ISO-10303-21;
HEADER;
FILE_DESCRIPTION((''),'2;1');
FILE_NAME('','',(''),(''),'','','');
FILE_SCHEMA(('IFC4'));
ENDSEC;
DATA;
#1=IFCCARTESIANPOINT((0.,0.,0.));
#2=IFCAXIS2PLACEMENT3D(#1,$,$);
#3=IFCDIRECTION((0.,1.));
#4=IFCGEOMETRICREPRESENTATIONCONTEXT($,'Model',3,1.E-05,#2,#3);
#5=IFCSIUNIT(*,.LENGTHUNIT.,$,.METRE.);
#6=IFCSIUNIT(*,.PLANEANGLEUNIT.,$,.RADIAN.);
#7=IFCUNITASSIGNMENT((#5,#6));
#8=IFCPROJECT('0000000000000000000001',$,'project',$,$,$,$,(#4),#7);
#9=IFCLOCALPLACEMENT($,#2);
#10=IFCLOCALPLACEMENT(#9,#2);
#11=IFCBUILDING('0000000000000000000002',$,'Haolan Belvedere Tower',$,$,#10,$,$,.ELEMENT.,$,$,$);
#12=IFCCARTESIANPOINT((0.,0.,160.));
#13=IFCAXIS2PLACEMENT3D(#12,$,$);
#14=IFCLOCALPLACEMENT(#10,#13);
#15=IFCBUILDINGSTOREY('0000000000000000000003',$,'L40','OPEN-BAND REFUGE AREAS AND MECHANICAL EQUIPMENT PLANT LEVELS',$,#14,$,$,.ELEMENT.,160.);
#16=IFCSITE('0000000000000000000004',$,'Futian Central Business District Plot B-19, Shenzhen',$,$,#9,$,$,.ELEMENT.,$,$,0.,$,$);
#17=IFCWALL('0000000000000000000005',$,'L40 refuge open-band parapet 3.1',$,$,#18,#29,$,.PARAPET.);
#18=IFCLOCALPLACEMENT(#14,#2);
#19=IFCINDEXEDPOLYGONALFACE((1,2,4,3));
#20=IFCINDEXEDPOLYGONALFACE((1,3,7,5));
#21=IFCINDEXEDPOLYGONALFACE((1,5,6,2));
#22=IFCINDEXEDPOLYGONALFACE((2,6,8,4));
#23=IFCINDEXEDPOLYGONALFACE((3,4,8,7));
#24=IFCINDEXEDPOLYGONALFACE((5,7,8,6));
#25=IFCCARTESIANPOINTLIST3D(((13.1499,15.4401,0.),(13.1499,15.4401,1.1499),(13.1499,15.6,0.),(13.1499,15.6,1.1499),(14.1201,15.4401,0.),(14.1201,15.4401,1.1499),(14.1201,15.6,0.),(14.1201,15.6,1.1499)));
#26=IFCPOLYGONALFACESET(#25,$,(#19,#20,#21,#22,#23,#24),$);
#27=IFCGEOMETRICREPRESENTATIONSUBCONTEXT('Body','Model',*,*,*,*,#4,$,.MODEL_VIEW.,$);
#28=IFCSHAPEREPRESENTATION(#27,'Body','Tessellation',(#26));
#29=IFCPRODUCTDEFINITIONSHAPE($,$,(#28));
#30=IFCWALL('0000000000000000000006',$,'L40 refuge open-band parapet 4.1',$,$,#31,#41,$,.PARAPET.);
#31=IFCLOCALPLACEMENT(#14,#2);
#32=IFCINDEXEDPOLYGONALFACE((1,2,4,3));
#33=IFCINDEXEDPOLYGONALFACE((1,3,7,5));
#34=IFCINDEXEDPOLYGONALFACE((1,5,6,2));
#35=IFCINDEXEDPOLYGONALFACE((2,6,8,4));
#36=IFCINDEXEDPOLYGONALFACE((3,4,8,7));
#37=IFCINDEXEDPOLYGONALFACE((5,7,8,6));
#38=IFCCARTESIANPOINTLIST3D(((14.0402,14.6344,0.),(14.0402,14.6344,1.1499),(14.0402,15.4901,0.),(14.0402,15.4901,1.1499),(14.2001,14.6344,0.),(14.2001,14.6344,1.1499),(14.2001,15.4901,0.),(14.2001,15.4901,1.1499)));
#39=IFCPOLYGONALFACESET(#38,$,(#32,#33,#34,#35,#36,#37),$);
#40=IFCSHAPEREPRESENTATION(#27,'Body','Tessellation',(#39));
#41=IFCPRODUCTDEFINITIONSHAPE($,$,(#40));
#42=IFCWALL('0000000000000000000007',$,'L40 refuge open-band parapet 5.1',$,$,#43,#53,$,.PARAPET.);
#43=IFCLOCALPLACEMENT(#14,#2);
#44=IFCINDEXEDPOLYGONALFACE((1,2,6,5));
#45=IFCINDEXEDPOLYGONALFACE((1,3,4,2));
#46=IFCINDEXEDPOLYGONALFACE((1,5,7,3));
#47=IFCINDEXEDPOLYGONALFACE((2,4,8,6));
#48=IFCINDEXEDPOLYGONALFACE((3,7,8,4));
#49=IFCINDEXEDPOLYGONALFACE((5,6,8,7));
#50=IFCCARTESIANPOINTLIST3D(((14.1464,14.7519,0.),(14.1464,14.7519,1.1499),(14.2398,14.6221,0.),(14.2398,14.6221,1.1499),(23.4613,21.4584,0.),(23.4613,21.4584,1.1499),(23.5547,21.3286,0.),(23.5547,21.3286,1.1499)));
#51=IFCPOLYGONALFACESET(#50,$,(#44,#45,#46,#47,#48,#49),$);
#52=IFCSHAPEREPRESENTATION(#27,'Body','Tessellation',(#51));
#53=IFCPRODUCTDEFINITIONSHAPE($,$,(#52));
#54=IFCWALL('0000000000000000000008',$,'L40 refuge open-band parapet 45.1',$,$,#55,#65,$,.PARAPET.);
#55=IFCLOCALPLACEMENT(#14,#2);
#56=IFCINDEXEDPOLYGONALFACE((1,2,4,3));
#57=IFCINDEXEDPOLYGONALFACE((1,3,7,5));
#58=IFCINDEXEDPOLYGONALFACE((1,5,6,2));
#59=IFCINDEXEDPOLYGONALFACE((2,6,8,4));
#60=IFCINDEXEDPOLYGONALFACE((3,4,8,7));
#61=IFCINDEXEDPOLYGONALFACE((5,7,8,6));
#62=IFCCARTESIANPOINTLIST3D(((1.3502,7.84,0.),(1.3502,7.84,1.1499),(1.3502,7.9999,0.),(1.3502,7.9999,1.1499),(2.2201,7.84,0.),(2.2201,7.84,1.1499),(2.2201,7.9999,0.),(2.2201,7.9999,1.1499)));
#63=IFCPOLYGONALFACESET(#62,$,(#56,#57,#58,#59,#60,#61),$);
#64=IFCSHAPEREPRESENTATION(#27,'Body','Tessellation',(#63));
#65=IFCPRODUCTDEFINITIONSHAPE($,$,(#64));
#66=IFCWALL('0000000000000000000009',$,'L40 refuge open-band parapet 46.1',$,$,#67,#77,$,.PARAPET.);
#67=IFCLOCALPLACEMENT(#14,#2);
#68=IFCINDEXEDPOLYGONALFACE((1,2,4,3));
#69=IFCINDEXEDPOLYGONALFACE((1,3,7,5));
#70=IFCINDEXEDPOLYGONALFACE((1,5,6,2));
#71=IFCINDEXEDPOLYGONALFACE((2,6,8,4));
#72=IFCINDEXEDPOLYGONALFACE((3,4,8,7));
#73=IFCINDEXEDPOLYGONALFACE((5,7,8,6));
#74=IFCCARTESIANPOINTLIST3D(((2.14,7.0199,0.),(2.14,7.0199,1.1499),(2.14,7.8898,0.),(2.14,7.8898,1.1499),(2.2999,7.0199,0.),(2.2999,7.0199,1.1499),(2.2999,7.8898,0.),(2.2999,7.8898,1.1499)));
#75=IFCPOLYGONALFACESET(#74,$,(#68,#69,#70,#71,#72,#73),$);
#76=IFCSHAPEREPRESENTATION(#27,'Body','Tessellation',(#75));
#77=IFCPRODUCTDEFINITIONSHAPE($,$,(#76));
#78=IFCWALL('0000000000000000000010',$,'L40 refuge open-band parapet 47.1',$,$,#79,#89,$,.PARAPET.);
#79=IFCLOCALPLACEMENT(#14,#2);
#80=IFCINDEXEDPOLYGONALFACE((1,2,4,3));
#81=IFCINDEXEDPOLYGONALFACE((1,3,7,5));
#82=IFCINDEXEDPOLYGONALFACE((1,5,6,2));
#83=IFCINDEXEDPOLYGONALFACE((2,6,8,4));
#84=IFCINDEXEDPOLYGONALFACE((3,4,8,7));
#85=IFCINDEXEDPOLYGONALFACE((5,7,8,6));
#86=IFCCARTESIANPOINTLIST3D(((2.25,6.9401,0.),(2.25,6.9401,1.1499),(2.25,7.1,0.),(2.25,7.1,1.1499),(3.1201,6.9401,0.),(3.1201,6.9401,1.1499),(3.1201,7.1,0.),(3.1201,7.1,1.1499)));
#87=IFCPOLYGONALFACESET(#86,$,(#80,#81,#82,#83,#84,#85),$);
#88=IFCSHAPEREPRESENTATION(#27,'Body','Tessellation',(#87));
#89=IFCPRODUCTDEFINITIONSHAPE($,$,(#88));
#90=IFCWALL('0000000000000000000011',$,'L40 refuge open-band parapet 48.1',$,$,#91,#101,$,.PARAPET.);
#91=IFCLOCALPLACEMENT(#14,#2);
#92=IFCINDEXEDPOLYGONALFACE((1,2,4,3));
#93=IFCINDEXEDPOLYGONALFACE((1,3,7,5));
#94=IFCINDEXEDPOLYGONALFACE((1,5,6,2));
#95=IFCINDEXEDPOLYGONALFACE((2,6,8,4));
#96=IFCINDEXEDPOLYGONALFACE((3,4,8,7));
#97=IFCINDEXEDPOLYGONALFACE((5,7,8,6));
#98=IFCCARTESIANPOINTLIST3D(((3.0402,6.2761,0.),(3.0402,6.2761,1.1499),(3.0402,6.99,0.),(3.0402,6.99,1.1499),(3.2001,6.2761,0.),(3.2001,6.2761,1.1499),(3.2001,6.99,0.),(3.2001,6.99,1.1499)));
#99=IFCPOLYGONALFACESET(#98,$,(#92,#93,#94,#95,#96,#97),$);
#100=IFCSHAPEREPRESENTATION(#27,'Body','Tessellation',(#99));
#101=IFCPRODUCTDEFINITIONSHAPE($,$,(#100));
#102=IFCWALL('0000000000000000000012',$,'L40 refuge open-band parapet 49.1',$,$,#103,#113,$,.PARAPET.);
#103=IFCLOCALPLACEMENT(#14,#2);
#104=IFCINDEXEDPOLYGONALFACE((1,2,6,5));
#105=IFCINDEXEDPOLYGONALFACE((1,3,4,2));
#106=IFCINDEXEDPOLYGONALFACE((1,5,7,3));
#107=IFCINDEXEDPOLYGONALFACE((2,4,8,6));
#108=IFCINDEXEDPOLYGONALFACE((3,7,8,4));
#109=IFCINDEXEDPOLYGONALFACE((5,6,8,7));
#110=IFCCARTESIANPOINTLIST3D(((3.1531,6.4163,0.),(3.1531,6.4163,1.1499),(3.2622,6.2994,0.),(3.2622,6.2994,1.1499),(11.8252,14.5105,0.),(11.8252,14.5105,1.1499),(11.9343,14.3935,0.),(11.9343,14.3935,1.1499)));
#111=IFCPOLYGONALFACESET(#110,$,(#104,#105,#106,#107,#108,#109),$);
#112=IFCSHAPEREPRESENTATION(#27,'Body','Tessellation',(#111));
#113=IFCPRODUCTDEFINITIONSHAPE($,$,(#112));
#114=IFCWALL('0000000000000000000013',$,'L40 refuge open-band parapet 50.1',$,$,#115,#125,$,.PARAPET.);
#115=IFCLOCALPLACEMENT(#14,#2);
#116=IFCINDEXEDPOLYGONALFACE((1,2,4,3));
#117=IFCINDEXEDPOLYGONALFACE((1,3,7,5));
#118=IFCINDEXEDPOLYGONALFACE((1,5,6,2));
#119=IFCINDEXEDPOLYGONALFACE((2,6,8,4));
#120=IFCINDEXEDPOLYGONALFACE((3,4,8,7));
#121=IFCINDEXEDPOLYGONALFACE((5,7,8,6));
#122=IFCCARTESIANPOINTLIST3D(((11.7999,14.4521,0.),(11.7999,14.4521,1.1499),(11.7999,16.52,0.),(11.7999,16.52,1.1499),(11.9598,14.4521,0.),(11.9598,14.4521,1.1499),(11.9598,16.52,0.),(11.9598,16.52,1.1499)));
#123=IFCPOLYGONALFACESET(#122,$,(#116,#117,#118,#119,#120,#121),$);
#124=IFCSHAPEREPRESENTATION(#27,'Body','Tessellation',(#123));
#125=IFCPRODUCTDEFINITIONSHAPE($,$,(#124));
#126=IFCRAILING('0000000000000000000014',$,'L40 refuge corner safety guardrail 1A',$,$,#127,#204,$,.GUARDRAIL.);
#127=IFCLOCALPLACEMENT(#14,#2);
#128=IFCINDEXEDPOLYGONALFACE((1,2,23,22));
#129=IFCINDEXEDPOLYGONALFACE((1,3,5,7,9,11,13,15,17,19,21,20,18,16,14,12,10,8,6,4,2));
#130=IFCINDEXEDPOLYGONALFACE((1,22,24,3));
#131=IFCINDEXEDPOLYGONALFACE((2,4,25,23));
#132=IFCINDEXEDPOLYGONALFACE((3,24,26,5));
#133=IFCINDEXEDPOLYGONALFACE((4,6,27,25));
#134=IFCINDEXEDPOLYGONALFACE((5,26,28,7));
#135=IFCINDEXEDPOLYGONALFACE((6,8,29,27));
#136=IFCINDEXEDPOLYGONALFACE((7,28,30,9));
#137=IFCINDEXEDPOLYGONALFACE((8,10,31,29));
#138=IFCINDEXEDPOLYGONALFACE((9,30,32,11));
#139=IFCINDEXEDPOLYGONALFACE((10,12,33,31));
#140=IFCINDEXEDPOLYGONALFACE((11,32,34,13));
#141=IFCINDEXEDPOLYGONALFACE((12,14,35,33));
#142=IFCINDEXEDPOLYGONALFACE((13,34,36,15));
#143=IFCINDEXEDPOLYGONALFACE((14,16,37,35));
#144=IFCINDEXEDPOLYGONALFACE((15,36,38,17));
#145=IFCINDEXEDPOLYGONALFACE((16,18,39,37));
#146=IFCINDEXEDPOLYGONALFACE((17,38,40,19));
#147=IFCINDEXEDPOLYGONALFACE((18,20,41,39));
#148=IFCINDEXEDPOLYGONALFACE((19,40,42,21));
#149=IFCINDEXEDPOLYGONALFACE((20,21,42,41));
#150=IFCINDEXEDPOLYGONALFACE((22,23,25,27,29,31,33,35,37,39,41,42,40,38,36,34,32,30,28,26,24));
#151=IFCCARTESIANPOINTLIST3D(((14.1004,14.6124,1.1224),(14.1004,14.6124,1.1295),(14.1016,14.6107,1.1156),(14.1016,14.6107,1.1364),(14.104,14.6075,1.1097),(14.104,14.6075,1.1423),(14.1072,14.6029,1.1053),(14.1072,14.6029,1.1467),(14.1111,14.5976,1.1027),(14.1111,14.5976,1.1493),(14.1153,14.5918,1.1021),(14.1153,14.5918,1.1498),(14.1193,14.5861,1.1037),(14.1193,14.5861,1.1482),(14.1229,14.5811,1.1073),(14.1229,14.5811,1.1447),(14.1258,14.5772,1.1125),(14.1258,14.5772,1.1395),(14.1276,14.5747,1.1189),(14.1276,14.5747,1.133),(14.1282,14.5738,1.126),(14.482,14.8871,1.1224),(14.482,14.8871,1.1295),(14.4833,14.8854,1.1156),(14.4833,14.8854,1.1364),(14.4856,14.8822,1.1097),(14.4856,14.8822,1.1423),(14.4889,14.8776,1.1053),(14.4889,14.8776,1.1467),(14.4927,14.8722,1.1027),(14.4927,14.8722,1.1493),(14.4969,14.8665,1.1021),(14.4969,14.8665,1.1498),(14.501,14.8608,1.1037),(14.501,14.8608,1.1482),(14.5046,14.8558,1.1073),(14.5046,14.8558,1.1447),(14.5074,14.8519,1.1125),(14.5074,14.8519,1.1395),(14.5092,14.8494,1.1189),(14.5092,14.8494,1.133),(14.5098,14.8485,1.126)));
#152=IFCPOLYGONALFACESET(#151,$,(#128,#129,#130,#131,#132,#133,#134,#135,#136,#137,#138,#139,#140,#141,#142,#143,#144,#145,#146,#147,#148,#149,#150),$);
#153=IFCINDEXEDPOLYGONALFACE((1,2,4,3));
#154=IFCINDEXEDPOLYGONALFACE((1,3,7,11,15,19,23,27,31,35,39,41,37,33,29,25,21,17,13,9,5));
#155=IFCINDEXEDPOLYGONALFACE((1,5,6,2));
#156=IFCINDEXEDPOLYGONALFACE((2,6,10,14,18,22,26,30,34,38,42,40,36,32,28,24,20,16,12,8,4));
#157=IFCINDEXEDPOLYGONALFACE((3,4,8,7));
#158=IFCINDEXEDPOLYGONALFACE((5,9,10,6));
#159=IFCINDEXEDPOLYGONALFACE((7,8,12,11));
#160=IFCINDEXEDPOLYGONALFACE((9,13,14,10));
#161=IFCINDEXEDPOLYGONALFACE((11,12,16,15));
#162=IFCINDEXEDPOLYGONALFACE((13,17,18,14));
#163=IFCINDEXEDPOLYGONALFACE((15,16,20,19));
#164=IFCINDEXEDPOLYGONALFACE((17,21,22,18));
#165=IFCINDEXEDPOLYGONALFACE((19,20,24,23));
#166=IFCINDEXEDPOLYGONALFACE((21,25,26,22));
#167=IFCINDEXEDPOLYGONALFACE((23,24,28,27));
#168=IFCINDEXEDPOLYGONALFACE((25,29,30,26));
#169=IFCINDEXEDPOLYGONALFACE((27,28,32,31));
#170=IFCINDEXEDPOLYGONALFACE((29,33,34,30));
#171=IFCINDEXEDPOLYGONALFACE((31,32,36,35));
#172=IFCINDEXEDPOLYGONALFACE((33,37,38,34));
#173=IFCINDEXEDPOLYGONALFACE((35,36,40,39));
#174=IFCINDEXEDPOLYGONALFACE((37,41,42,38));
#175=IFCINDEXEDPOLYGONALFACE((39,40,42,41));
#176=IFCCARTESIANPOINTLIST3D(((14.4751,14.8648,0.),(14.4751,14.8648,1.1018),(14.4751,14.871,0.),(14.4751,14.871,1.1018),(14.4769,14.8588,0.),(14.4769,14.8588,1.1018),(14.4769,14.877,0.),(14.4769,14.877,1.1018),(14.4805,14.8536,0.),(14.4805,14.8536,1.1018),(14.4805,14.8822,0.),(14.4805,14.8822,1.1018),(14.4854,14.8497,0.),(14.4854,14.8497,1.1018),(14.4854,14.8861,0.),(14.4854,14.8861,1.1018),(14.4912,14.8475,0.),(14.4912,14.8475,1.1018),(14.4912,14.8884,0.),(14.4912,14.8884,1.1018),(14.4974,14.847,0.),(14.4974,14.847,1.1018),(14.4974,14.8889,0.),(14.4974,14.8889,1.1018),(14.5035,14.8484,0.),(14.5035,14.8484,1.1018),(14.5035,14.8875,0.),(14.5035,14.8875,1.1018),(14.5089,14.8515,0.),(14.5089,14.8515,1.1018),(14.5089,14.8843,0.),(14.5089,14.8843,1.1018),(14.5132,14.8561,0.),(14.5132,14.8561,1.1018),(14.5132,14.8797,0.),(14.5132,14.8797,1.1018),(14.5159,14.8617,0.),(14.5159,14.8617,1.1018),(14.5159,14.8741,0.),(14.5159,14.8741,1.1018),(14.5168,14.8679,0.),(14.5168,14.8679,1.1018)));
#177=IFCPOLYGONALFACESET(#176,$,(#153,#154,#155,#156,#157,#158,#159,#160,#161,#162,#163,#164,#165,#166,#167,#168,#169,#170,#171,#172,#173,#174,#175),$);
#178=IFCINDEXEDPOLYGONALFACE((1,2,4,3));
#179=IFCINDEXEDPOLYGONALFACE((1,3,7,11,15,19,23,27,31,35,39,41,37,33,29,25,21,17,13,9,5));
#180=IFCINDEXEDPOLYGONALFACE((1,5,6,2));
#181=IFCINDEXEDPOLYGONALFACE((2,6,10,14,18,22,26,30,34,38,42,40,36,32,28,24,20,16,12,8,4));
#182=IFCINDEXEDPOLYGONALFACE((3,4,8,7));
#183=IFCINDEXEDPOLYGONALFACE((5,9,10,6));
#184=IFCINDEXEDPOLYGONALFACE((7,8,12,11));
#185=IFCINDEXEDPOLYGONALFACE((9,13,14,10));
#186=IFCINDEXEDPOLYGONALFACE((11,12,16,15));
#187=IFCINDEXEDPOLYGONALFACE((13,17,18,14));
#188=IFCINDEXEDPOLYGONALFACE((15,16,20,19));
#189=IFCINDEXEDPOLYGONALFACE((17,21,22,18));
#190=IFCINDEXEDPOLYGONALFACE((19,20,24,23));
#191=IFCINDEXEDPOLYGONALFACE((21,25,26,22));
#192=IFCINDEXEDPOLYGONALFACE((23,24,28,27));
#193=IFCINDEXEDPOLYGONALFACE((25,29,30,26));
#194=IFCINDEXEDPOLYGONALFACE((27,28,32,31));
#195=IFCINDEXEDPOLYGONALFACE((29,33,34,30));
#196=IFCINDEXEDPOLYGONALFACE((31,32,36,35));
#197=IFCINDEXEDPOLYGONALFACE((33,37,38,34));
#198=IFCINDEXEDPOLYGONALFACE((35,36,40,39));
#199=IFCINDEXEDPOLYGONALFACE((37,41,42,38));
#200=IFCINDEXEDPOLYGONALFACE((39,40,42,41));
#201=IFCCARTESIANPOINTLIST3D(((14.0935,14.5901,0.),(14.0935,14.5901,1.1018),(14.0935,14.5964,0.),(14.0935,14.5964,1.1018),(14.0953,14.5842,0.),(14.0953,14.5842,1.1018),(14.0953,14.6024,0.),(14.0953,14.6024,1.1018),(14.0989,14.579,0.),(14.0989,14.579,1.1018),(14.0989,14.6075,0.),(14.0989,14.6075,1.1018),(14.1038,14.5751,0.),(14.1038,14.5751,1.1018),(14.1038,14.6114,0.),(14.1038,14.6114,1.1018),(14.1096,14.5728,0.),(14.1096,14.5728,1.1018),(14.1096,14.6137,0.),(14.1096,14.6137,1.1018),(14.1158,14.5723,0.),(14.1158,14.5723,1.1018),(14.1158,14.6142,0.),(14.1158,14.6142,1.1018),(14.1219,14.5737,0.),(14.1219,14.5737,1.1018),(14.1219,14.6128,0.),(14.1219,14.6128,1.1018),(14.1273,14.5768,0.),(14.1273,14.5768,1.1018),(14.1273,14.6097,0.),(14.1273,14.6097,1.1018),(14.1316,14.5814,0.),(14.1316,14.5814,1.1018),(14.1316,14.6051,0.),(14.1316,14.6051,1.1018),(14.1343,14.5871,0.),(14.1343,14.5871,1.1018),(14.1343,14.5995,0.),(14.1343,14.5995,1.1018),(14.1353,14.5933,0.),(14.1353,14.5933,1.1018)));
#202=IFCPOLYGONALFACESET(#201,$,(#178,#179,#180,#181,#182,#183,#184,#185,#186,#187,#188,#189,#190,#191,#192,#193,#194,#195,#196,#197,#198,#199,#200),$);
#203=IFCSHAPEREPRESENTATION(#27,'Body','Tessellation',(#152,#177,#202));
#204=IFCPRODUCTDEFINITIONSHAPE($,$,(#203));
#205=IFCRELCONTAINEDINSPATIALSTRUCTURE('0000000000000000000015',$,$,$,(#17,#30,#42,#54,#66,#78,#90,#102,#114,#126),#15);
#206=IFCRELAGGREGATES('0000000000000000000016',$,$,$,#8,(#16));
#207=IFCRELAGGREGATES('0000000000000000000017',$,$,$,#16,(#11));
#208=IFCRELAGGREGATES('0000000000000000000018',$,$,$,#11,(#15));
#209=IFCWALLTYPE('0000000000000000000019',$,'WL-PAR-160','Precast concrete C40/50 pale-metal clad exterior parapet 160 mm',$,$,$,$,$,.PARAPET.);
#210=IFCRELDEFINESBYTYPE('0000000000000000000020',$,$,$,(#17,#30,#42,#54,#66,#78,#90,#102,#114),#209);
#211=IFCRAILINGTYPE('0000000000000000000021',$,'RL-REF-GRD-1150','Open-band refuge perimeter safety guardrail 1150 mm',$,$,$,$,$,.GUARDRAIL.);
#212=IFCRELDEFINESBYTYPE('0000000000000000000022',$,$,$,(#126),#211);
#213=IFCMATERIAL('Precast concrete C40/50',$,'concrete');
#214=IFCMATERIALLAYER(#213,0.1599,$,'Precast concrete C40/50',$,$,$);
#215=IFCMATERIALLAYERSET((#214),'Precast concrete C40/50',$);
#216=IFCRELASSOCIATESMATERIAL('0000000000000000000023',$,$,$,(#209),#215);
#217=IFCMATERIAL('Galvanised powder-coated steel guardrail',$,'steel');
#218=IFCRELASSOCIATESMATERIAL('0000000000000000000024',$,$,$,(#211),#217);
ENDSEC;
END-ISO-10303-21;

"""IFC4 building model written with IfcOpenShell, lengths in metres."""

from ifc_helpers import new_model, si_unit, direction, frame, frame_2d, origin, origin_2d, place, context, subcontext, project, spatial, rectangle, circle, extrude, material, layer, layer_set, type_object, element, save


model = new_model("IFC4")

# Units and contexts
model_context = context("Model", 3, precision=1e-05, world=origin(), true_north=direction((0.0, 1.0)))
body_context = subcontext(model_context, "Body", "Model", "MODEL_VIEW")
ifc_project = project(units=[si_unit("LENGTHUNIT", "METRE"), si_unit("PLANEANGLEUNIT", "RADIAN")], contexts=[model_context])

# Site, building, storey
site_placement = place(None, origin())
site = spatial("IfcSite", under=ifc_project, at=site_placement, Name="Futian Central Business District Plot B-19, Shenzhen", CompositionType="ELEMENT", RefElevation=0.0)
building_placement = place(site_placement, origin())
building = spatial("IfcBuilding", under=site, at=building_placement, Name="Haolan Belvedere Tower", CompositionType="ELEMENT")
storey_placement = place(building_placement, frame((0.0, 0.0, 160.0)))
storey = spatial("IfcBuildingStorey", under=building, at=storey_placement, Name="L40", Description="OPEN-BAND REFUGE AREAS AND MECHANICAL EQUIPMENT PLANT LEVELS", CompositionType="ELEMENT", Elevation=160.0)

# Walls
ifc_material_1 = material(Name="Precast concrete C40/50", Category="concrete")
ifc_layer_1 = layer(ifc_material_1, 0.1599, Name="Precast concrete C40/50")
ifc_layer_set_1 = layer_set([ifc_layer_1], Name="Precast concrete C40/50")
wall_type = type_object("IfcWallType", Name="WL-PAR-160", Description="Precast concrete C40/50 pale-metal clad exterior parapet 160 mm", PredefinedType="PARAPET", material=ifc_layer_set_1)
wall_1_placement = place(storey_placement, frame((13.1499, 15.52, 0.0), z_axis=(0.0, 0.0, 1.0), x_axis=(1.0, 0.0, 0.0)))
element("IfcWall", 1, at=wall_1_placement, inside=storey, type_object=wall_type, Name="L40 refuge open-band parapet 3.1", PredefinedType="PARAPET", context=body_context, shape_type="SweptSolid", body=[
    extrude(rectangle(XDim=0.9702, YDim=0.1599, at=frame_2d((0.4851, 0.0))), origin(), (0.0, 0.0, 1.0), 1.1499),
])
wall_2_placement = place(storey_placement, frame((14.1201, 15.49, 0.0), z_axis=(0.0, 0.0, 1.0), x_axis=(0.0, -1.0, 0.0)))
element("IfcWall", 2, at=wall_2_placement, inside=storey, type_object=wall_type, Name="L40 refuge open-band parapet 4.1", PredefinedType="PARAPET", context=body_context, shape_type="SweptSolid", body=[
    extrude(rectangle(XDim=0.8557, YDim=0.1599, at=frame_2d((0.4277, 0.0))), origin(), (0.0, 0.0, 1.0), 1.1499),
])
wall_3_placement = place(storey_placement, frame((14.1931, 14.687, 0.0), z_axis=(0.0, 0.0, 1.0), x_axis=(0.811543, 0.584292, 0.0)))
element("IfcWall", 3, at=wall_3_placement, inside=storey, type_object=wall_type, Name="L40 refuge open-band parapet 5.1", PredefinedType="PARAPET", context=body_context, shape_type="SweptSolid", body=[
    extrude(rectangle(XDim=11.478, YDim=0.1599, at=frame_2d((5.739, 0.0))), origin(), (0.0, 0.0, 1.0), 1.1499),
])
for number, where, z_axis, x_axis, name in (
    (4, (1.3501, 7.9199, 0.0), (0.0, 0.0, 1.0), (1.0, 0.0, 0.0), "L40 refuge open-band parapet 45.1"),
    (5, (2.22, 7.8899, 0.0), (0.0, 0.0, 1.0), (0.0, -1.0, 0.0), "L40 refuge open-band parapet 46.1"),
):
    element("IfcWall", number, at=place(storey_placement, frame(where, z_axis=z_axis, x_axis=x_axis)), inside=storey, type_object=wall_type, Name=name, PredefinedType="PARAPET", context=body_context, shape_type="SweptSolid", body=[
        extrude(rectangle(XDim=0.8699, YDim=0.1599, at=frame_2d((0.4351, 0.0))), origin(), (0.0, 0.0, 1.0), 1.1499),
    ])
wall_4_placement = place(storey_placement, frame((2.25, 7.02, 0.0), z_axis=(0.0, 0.0, 1.0), x_axis=(1.0, 0.0, 0.0)))
element("IfcWall", 6, at=wall_4_placement, inside=storey, type_object=wall_type, Name="L40 refuge open-band parapet 47.1", PredefinedType="PARAPET", context=body_context, shape_type="SweptSolid", body=[
    extrude(rectangle(XDim=0.8701, YDim=0.1599, at=frame_2d((0.4351, 0.0))), origin(), (0.0, 0.0, 1.0), 1.1499),
])
wall_5_placement = place(storey_placement, frame((3.1201, 6.99, 0.0), z_axis=(0.0, 0.0, 1.0), x_axis=(0.0, -1.0, 0.0)))
element("IfcWall", 7, at=wall_5_placement, inside=storey, type_object=wall_type, Name="L40 refuge open-band parapet 48.1", PredefinedType="PARAPET", context=body_context, shape_type="SweptSolid", body=[
    extrude(rectangle(XDim=0.7139, YDim=0.1599, at=frame_2d((0.3569, 0.0))), origin(), (0.0, 0.0, 1.0), 1.1499),
])
wall_6_placement = place(storey_placement, frame((3.2078, 6.3579, 0.0), z_axis=(0.0, 0.0, 1.0), x_axis=(0.731044, 0.68233, 0.0)))
element("IfcWall", 8, at=wall_6_placement, inside=storey, type_object=wall_type, Name="L40 refuge open-band parapet 49.1", PredefinedType="PARAPET", context=body_context, shape_type="SweptSolid", body=[
    extrude(rectangle(XDim=11.8625, YDim=0.1599, at=frame_2d((5.9312, 0.0))), origin(), (0.0, 0.0, 1.0), 1.1499),
])
wall_7_placement = place(storey_placement, frame((11.8799, 14.4521, 0.0), z_axis=(0.0, 0.0, 1.0), x_axis=(0.0, 1.0, 0.0)))
element("IfcWall", 9, at=wall_7_placement, inside=storey, type_object=wall_type, Name="L40 refuge open-band parapet 50.1", PredefinedType="PARAPET", context=body_context, shape_type="SweptSolid", body=[
    extrude(rectangle(XDim=2.0679, YDim=0.1599, at=frame_2d((1.0339, 0.0))), origin(), (0.0, 0.0, 1.0), 1.1499),
])

# Railing
ifc_material_2 = material(Name="Galvanised powder-coated steel guardrail", Category="steel")
railing_type = type_object("IfcRailingType", Name="RL-REF-GRD-1150", Description="Open-band refuge perimeter safety guardrail 1150 mm", PredefinedType="GUARDRAIL", material=ifc_material_2)
railing_1_placement = place(storey_placement, frame((14.4958, 14.8679, 0.0)))
element("IfcRailing", 10, at=railing_1_placement, inside=storey, type_object=railing_type, Name="L40 refuge corner safety guardrail 1A", PredefinedType="GUARDRAIL", context=body_context, shape_type="SweptSolid", body=[
    extrude(circle(Radius=0.0239, at=origin_2d()), frame((0.0, 0.0, 1.126), z_axis=(-0.811623, -0.584182, 0.0), x_axis=(0.584182, -0.811623, 0.0)), (0.0, 0.0, 1.0), 0.4702),
    extrude(circle(Radius=0.021, at=origin_2d()), origin(), (0.0, 0.0, 1.0), 1.1018),
    extrude(circle(Radius=0.021, at=origin_2d()), frame((-0.3816, -0.2747, 0.0)), (0.0, 0.0, 1.0), 1.1018),
])

save(model, "model.ifc")
